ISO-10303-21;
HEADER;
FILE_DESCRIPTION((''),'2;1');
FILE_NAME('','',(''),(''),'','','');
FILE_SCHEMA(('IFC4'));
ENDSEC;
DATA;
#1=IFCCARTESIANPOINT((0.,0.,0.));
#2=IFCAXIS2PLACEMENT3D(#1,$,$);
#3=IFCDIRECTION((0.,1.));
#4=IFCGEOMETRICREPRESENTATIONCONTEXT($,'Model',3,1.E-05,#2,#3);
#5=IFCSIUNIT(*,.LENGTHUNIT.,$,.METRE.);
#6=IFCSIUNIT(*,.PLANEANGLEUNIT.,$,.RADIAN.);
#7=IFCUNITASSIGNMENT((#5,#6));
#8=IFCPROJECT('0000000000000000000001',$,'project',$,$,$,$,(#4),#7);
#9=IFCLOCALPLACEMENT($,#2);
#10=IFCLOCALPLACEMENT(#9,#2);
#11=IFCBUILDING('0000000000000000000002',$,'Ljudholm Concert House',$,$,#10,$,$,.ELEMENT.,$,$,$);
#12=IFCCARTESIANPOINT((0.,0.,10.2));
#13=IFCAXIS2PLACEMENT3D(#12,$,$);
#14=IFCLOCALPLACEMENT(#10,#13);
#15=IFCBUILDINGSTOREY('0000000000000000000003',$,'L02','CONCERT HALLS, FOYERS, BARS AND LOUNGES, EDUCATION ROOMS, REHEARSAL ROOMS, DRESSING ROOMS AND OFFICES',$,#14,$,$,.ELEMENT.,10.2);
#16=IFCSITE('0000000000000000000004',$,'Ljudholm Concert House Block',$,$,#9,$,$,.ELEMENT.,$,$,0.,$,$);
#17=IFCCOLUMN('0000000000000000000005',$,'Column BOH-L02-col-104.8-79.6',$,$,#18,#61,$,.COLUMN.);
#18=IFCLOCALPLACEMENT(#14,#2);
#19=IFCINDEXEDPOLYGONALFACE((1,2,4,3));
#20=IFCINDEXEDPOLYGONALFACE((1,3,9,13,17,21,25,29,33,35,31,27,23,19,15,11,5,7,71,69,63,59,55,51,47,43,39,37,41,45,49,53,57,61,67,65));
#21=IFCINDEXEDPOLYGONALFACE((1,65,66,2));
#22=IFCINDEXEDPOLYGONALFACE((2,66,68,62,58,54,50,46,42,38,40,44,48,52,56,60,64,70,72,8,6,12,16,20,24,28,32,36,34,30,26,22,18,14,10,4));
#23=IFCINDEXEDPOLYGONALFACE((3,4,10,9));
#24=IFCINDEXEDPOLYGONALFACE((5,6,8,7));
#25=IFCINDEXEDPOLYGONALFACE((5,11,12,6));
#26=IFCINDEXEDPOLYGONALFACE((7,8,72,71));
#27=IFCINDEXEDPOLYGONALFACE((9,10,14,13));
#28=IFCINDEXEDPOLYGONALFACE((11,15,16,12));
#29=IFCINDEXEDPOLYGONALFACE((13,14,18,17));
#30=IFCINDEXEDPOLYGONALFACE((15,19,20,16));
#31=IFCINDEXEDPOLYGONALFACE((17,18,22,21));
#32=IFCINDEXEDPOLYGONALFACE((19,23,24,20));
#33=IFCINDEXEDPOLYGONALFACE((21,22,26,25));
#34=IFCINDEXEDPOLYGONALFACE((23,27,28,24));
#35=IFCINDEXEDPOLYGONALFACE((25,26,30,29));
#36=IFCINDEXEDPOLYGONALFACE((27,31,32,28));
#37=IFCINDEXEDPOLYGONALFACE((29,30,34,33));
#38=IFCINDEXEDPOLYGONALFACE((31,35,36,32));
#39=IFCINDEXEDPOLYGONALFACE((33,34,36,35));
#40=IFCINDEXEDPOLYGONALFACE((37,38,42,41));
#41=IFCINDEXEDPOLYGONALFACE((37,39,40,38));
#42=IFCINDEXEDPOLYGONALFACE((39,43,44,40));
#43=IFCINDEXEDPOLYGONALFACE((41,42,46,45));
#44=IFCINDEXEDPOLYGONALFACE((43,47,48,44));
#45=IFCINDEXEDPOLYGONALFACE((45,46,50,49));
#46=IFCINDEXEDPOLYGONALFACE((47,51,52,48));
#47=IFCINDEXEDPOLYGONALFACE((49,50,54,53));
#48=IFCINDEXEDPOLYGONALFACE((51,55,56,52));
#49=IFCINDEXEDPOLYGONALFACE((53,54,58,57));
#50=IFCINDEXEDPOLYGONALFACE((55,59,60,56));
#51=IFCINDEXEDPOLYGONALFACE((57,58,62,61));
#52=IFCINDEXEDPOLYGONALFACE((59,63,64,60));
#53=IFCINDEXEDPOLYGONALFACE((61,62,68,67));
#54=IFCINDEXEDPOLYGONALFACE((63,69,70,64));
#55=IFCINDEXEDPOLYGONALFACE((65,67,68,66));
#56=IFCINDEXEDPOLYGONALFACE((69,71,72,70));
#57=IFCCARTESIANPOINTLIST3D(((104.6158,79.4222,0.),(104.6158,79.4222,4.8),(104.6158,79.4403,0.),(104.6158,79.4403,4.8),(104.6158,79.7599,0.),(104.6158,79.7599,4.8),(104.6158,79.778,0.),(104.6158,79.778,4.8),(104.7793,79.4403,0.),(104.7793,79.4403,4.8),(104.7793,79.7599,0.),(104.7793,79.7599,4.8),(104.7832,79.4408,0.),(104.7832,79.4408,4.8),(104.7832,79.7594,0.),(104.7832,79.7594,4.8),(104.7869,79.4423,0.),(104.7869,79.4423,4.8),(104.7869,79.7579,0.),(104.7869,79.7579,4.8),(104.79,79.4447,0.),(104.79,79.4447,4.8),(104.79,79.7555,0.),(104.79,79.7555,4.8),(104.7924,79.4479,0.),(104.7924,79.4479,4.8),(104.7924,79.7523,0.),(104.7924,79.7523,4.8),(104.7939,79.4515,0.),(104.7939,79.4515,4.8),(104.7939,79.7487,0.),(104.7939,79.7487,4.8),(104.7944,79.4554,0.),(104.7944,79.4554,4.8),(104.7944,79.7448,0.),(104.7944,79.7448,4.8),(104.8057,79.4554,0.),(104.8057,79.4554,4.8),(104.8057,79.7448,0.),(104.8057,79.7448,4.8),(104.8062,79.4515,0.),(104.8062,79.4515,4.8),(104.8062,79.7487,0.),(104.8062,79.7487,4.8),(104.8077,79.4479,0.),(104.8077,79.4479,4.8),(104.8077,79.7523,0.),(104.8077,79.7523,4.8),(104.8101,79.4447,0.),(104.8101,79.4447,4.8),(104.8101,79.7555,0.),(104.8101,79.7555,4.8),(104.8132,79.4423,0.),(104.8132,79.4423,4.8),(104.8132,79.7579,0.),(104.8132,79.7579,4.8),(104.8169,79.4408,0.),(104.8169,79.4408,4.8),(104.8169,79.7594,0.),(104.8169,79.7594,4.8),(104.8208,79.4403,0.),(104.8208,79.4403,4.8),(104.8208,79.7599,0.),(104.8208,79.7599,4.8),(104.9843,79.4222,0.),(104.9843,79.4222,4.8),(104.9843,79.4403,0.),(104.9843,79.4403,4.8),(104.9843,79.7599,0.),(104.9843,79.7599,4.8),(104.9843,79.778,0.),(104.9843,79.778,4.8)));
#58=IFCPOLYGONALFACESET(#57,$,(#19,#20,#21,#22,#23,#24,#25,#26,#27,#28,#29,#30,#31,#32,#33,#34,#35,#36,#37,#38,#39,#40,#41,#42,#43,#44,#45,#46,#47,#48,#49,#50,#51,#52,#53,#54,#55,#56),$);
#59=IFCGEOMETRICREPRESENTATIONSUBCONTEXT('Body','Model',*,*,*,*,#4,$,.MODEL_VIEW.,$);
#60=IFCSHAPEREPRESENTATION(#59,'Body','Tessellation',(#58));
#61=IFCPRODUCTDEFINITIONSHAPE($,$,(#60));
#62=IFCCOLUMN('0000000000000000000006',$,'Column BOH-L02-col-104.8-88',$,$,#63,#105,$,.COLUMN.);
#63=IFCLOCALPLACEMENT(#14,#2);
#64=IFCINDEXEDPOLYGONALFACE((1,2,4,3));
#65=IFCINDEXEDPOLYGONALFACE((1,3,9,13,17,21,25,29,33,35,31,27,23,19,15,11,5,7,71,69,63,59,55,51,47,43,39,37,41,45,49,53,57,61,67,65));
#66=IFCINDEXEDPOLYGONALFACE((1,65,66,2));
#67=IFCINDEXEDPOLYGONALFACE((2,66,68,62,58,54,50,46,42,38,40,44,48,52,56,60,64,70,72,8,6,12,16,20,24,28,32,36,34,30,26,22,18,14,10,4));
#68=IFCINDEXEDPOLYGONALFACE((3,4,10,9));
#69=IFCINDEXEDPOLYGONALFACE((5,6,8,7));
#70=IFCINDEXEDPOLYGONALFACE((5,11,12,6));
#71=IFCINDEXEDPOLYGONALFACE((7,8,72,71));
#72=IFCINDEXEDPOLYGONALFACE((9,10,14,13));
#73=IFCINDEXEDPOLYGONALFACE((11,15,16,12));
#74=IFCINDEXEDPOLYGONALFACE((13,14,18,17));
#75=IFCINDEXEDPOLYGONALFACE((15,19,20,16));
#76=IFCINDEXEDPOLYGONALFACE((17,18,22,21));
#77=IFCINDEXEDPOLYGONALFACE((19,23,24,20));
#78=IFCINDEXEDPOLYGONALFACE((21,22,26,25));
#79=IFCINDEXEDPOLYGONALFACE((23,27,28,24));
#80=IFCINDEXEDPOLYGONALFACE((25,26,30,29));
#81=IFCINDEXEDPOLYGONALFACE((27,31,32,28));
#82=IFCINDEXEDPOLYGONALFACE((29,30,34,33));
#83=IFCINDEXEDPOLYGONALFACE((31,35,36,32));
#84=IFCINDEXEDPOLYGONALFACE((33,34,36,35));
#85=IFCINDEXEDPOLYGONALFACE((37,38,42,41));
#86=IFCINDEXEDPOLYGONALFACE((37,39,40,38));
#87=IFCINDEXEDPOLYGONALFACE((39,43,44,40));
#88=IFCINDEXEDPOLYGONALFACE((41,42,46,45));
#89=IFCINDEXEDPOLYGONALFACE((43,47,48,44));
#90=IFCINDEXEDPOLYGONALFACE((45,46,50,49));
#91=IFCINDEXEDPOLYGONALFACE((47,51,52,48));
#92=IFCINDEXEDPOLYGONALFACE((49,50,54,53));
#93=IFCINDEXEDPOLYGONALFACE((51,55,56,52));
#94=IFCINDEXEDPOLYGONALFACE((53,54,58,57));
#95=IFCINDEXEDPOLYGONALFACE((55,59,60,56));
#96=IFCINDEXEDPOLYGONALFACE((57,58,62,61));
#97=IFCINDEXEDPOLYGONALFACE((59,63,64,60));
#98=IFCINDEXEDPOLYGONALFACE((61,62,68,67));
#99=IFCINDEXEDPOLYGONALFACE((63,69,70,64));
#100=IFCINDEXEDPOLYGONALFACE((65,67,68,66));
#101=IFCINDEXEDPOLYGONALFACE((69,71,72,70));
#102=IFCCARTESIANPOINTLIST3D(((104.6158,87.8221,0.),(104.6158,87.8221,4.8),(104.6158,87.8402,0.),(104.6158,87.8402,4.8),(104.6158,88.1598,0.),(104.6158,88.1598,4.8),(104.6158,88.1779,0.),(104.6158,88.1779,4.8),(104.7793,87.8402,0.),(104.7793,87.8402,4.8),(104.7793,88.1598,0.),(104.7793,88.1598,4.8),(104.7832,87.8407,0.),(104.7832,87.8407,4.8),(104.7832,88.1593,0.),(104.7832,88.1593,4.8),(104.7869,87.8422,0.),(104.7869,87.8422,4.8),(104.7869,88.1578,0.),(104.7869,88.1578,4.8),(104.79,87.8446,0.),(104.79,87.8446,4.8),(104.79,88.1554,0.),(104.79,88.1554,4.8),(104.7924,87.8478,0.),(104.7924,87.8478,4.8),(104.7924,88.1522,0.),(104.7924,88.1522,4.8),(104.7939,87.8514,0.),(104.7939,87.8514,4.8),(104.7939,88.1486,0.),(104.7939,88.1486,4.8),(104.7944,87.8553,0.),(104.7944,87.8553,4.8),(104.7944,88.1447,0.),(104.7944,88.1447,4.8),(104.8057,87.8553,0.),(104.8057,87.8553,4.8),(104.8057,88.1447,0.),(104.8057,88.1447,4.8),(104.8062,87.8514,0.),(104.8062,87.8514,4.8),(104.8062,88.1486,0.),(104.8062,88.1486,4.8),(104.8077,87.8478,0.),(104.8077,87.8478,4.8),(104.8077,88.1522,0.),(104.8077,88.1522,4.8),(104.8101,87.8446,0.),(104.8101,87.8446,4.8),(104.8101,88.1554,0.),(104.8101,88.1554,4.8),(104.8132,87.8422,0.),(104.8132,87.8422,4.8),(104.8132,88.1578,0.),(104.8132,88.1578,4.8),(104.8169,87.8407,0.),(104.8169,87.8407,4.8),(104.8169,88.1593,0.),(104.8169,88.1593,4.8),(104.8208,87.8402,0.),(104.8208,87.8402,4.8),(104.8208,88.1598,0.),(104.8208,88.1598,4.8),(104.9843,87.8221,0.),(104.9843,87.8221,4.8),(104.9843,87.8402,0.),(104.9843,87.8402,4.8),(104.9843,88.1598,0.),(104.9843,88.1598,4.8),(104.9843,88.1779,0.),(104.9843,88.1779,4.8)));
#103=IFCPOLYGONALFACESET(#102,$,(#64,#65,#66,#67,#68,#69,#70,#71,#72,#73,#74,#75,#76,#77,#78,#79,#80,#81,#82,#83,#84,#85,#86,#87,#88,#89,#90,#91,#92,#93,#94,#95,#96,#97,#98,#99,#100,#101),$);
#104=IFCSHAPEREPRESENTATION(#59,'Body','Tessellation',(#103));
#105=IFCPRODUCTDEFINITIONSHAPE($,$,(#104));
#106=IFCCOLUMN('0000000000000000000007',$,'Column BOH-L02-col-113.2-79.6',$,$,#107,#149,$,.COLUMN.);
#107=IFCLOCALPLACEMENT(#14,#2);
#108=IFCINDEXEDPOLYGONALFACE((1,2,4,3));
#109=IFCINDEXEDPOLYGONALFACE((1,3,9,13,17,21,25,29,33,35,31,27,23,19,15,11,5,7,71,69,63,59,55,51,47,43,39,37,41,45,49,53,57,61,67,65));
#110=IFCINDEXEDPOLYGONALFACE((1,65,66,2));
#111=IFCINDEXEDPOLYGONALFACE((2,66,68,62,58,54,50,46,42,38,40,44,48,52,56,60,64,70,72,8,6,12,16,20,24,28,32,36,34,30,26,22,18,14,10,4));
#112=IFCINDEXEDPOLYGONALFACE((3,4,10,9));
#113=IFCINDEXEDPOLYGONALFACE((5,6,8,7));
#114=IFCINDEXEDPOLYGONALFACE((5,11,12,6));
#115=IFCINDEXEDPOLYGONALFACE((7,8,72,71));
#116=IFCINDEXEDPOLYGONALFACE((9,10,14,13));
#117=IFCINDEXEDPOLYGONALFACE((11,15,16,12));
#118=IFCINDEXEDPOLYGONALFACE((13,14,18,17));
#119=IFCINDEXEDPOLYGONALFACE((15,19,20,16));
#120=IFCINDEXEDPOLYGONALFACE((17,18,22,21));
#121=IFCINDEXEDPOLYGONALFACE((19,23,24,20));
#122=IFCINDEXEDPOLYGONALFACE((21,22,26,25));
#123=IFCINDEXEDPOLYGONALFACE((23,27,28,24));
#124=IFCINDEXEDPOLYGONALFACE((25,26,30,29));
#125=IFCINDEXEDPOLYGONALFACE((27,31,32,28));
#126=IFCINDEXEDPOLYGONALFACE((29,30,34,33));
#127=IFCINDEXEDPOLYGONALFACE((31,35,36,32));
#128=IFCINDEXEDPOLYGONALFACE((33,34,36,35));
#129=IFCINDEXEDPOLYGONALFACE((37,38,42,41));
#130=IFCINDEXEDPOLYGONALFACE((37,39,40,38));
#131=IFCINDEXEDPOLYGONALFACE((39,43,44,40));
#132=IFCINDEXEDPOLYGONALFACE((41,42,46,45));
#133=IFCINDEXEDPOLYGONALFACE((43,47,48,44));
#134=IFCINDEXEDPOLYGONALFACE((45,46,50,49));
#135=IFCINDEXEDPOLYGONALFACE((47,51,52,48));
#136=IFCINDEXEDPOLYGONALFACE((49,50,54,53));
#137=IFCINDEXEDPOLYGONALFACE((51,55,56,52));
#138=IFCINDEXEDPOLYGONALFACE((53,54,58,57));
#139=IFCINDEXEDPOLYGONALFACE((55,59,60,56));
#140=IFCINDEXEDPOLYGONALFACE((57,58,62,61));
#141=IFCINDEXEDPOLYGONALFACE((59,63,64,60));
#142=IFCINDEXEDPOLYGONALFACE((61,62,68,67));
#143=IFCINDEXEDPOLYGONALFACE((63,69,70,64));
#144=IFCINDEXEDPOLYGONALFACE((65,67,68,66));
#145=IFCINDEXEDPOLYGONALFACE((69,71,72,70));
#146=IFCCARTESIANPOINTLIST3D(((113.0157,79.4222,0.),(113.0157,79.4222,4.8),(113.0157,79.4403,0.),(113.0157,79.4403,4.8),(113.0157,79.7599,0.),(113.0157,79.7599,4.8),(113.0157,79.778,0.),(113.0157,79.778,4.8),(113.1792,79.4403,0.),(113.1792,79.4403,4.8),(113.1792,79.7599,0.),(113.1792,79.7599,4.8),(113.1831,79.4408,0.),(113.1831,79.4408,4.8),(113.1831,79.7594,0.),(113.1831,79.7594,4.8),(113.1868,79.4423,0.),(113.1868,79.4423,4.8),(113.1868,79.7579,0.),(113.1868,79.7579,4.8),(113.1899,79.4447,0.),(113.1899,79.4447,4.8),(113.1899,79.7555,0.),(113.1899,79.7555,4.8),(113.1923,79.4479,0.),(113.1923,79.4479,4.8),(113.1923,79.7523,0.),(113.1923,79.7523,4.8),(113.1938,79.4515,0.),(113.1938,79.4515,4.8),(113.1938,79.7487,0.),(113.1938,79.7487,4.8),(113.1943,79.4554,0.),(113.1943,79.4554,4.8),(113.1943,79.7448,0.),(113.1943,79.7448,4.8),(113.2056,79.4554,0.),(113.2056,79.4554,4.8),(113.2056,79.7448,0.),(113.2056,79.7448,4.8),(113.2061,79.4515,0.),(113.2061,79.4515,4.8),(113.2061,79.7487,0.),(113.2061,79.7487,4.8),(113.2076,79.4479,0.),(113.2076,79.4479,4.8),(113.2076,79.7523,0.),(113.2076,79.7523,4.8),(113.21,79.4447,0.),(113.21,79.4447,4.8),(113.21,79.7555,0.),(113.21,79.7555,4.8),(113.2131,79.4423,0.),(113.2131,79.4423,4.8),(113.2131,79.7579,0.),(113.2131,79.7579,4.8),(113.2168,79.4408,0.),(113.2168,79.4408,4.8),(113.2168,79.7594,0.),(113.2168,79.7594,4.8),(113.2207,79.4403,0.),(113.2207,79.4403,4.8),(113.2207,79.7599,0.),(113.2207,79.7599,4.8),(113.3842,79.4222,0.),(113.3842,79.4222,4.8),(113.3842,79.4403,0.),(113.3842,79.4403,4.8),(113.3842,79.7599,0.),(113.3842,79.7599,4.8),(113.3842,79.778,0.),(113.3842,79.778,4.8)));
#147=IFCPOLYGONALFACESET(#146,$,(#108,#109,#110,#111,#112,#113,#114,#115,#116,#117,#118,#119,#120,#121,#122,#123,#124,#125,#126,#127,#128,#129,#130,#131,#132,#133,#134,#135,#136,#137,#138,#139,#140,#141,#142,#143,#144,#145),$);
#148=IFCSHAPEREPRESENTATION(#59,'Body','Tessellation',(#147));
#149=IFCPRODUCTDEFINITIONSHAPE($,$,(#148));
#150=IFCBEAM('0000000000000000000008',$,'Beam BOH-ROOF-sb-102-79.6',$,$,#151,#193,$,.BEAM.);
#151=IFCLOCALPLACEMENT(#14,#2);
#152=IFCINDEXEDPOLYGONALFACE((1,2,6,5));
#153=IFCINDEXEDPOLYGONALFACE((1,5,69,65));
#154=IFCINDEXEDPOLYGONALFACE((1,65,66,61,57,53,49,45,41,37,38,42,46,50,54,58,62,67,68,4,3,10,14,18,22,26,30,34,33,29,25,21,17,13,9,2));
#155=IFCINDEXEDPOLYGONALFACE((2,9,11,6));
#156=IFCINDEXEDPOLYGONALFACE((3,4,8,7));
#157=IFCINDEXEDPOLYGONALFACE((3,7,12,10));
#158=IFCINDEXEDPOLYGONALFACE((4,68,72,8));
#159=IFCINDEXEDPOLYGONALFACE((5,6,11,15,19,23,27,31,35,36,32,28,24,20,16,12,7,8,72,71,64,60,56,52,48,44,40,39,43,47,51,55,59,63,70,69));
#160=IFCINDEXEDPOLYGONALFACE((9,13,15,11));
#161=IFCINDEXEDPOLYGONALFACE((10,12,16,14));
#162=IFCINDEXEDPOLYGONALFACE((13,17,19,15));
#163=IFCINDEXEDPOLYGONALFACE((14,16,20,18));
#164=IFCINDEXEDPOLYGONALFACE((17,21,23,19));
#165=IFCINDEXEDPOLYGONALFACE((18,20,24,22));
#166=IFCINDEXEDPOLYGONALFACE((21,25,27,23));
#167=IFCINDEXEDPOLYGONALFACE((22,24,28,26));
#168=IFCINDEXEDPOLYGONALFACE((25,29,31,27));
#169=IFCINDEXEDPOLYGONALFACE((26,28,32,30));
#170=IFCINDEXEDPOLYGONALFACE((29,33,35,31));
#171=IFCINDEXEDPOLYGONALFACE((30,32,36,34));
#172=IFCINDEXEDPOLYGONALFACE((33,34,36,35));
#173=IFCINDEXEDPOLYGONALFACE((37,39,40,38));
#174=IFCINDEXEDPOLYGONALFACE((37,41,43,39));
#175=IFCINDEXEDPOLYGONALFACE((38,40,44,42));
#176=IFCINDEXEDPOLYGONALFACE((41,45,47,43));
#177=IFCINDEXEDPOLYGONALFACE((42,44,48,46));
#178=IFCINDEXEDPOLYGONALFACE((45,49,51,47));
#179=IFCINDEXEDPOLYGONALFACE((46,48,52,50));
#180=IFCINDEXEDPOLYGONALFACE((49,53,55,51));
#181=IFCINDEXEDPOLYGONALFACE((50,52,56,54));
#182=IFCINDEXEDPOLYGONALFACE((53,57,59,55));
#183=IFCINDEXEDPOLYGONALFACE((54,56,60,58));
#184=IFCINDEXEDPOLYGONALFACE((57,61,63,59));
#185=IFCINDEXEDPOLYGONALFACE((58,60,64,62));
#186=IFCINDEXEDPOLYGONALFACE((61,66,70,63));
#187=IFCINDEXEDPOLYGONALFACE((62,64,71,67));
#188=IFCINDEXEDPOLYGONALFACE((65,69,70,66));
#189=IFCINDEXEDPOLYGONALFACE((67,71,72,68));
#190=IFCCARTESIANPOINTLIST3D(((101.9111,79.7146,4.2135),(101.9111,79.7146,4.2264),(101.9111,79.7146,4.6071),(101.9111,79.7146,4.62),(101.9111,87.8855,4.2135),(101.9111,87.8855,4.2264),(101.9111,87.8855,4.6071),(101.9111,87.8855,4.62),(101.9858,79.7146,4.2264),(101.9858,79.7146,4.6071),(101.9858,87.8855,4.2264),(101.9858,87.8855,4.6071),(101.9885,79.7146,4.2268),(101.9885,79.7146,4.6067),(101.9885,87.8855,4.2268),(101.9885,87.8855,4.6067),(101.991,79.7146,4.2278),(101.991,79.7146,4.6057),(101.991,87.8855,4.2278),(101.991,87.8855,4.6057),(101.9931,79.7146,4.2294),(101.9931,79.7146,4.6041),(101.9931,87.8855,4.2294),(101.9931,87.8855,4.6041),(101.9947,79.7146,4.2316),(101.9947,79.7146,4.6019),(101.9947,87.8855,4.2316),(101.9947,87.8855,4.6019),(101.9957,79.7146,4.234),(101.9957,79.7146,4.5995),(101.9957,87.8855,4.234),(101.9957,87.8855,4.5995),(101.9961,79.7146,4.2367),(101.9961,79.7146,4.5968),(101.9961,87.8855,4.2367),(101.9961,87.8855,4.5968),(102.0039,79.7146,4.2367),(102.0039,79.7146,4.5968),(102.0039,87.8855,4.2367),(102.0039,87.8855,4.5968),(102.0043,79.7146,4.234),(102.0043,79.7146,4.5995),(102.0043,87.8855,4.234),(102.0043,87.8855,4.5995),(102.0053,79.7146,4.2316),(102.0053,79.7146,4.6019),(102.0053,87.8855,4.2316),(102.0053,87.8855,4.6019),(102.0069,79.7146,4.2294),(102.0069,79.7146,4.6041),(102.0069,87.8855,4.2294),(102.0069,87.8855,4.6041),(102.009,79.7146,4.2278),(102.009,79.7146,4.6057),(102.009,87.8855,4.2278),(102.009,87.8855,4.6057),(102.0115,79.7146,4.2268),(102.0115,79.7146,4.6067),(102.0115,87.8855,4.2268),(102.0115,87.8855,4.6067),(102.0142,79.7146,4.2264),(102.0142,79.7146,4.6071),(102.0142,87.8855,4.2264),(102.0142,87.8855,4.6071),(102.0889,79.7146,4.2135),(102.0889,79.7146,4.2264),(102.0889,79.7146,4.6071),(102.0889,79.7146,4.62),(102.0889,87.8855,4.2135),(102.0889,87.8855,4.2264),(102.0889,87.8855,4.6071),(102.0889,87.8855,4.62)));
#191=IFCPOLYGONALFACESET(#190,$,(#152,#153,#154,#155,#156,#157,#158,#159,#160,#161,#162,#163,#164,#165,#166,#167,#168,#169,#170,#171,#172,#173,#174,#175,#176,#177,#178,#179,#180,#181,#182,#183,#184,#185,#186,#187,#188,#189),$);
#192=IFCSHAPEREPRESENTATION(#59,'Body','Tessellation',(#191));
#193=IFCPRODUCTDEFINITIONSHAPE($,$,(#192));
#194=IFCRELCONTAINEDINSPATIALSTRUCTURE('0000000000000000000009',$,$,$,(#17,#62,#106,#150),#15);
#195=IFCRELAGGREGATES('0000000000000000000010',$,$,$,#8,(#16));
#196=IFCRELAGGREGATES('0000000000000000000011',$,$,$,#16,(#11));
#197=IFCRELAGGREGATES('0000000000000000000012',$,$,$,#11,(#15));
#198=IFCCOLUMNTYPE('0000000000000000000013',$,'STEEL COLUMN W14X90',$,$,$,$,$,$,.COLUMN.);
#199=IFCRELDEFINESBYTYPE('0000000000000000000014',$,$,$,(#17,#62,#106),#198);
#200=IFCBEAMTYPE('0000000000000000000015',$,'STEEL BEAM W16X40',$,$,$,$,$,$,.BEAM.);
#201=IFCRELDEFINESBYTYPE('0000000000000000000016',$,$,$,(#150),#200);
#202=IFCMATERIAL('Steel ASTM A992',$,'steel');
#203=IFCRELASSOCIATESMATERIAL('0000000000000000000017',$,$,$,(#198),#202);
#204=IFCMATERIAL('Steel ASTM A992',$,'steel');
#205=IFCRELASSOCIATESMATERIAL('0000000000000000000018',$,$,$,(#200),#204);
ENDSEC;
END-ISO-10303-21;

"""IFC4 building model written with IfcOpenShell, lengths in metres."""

from ifc_helpers import new_model, si_unit, direction, frame, origin, origin_2d, place, context, subcontext, project, spatial, i_section, extrude, material, material_profile, profile_set, type_object, element, save


model = new_model("IFC4")

# Units and contexts
model_context = context("Model", 3, precision=1e-05, world=origin(), true_north=direction((0.0, 1.0)))
body_context = subcontext(model_context, "Body", "Model", "MODEL_VIEW")
ifc_project = project(units=[si_unit("LENGTHUNIT", "METRE"), si_unit("PLANEANGLEUNIT", "RADIAN")], contexts=[model_context])

# Site, building, storey
site_placement = place(None, origin())
site = spatial("IfcSite", under=ifc_project, at=site_placement, Name="Ljudholm Concert House Block", CompositionType="ELEMENT", RefElevation=0.0)
building_placement = place(site_placement, origin())
building = spatial("IfcBuilding", under=site, at=building_placement, Name="Ljudholm Concert House", CompositionType="ELEMENT")
storey_placement = place(building_placement, frame((0.0, 0.0, 10.2)))
storey = spatial("IfcBuildingStorey", under=building, at=storey_placement, Name="L02", Description="CONCERT HALLS, FOYERS, BARS AND LOUNGES, EDUCATION ROOMS, REHEARSAL ROOMS, DRESSING ROOMS AND OFFICES", CompositionType="ELEMENT", Elevation=10.2)

# Columns
ifc_material_1 = material(Name="Steel ASTM A992", Category="steel")
ifc_material_profile_1 = material_profile(ifc_material_1, i_section(OverallWidth=0.3684, OverallDepth=0.3557, WebThickness=0.0112, FlangeThickness=0.0181, FilletRadius=0.0151, at=origin_2d()), Name="W14X90")
ifc_profile_set_1 = profile_set([ifc_material_profile_1], Name="Steel ASTM A992")
column_type = type_object("IfcColumnType", Name="STEEL COLUMN W14X90", PredefinedType="COLUMN", material=ifc_profile_set_1)
for number, where, z_axis, x_axis, name in (
    (1, (104.8, 79.6001, 0.0), (0.0, 0.0, 1.0), (1.0, 0.0, 0.0), "Column BOH-L02-col-104.8-79.6"),
    (2, (104.8, 88.0, 0.0), (0.0, 0.0, 1.0), (1.0, 0.0, 0.0), "Column BOH-L02-col-104.8-88"),
    (3, (113.2, 79.6001, 0.0), (0.0, 0.0, 1.0), (1.0, 0.0, 0.0), "Column BOH-L02-col-113.2-79.6"),
):
    element("IfcColumn", number, at=place(storey_placement, frame(where, z_axis=z_axis, x_axis=x_axis)), inside=storey, type_object=column_type, Name=name, PredefinedType="COLUMN", context=body_context, shape_type="SweptSolid", body=[
        extrude(i_section(OverallWidth=0.3684, OverallDepth=0.3557, WebThickness=0.0112, FlangeThickness=0.0181, FilletRadius=0.0151, at=origin_2d()), origin(), (0.0, 0.0, 1.0), 4.8),
    ])

# Beam
ifc_material_2 = material(Name="Steel ASTM A992", Category="steel")
ifc_material_profile_2 = material_profile(ifc_material_2, i_section(OverallWidth=0.1777, OverallDepth=0.4065, WebThickness=0.0078, FlangeThickness=0.0129, FilletRadius=0.0103, at=origin_2d()), Name="W16X40")
ifc_profile_set_2 = profile_set([ifc_material_profile_2], Name="Steel ASTM A992")
beam_type_1 = type_object("IfcBeamType", Name="STEEL BEAM W16X40", PredefinedType="BEAM", material=ifc_profile_set_2)
for number, where, z_axis, x_axis, name in (
    (4, (102.0, 79.7146, 4.4167), (0.0, 1.0, 0.0), (-1.0, 0.0, 0.0), "Beam BOH-ROOF-sb-102-79.6"),
):
    element("IfcBeam", number, at=place(storey_placement, frame(where, z_axis=z_axis, x_axis=x_axis)), inside=storey, type_object=beam_type_1, Name=name, PredefinedType="BEAM", context=body_context, shape_type="SweptSolid", body=[
        extrude(i_section(OverallWidth=0.1777, OverallDepth=0.4065, WebThickness=0.0078, FlangeThickness=0.0129, FilletRadius=0.0103, at=origin_2d()), origin(), (0.0, 0.0, 1.0), 8.1709),
    ])

save(model, "model.ifc")
